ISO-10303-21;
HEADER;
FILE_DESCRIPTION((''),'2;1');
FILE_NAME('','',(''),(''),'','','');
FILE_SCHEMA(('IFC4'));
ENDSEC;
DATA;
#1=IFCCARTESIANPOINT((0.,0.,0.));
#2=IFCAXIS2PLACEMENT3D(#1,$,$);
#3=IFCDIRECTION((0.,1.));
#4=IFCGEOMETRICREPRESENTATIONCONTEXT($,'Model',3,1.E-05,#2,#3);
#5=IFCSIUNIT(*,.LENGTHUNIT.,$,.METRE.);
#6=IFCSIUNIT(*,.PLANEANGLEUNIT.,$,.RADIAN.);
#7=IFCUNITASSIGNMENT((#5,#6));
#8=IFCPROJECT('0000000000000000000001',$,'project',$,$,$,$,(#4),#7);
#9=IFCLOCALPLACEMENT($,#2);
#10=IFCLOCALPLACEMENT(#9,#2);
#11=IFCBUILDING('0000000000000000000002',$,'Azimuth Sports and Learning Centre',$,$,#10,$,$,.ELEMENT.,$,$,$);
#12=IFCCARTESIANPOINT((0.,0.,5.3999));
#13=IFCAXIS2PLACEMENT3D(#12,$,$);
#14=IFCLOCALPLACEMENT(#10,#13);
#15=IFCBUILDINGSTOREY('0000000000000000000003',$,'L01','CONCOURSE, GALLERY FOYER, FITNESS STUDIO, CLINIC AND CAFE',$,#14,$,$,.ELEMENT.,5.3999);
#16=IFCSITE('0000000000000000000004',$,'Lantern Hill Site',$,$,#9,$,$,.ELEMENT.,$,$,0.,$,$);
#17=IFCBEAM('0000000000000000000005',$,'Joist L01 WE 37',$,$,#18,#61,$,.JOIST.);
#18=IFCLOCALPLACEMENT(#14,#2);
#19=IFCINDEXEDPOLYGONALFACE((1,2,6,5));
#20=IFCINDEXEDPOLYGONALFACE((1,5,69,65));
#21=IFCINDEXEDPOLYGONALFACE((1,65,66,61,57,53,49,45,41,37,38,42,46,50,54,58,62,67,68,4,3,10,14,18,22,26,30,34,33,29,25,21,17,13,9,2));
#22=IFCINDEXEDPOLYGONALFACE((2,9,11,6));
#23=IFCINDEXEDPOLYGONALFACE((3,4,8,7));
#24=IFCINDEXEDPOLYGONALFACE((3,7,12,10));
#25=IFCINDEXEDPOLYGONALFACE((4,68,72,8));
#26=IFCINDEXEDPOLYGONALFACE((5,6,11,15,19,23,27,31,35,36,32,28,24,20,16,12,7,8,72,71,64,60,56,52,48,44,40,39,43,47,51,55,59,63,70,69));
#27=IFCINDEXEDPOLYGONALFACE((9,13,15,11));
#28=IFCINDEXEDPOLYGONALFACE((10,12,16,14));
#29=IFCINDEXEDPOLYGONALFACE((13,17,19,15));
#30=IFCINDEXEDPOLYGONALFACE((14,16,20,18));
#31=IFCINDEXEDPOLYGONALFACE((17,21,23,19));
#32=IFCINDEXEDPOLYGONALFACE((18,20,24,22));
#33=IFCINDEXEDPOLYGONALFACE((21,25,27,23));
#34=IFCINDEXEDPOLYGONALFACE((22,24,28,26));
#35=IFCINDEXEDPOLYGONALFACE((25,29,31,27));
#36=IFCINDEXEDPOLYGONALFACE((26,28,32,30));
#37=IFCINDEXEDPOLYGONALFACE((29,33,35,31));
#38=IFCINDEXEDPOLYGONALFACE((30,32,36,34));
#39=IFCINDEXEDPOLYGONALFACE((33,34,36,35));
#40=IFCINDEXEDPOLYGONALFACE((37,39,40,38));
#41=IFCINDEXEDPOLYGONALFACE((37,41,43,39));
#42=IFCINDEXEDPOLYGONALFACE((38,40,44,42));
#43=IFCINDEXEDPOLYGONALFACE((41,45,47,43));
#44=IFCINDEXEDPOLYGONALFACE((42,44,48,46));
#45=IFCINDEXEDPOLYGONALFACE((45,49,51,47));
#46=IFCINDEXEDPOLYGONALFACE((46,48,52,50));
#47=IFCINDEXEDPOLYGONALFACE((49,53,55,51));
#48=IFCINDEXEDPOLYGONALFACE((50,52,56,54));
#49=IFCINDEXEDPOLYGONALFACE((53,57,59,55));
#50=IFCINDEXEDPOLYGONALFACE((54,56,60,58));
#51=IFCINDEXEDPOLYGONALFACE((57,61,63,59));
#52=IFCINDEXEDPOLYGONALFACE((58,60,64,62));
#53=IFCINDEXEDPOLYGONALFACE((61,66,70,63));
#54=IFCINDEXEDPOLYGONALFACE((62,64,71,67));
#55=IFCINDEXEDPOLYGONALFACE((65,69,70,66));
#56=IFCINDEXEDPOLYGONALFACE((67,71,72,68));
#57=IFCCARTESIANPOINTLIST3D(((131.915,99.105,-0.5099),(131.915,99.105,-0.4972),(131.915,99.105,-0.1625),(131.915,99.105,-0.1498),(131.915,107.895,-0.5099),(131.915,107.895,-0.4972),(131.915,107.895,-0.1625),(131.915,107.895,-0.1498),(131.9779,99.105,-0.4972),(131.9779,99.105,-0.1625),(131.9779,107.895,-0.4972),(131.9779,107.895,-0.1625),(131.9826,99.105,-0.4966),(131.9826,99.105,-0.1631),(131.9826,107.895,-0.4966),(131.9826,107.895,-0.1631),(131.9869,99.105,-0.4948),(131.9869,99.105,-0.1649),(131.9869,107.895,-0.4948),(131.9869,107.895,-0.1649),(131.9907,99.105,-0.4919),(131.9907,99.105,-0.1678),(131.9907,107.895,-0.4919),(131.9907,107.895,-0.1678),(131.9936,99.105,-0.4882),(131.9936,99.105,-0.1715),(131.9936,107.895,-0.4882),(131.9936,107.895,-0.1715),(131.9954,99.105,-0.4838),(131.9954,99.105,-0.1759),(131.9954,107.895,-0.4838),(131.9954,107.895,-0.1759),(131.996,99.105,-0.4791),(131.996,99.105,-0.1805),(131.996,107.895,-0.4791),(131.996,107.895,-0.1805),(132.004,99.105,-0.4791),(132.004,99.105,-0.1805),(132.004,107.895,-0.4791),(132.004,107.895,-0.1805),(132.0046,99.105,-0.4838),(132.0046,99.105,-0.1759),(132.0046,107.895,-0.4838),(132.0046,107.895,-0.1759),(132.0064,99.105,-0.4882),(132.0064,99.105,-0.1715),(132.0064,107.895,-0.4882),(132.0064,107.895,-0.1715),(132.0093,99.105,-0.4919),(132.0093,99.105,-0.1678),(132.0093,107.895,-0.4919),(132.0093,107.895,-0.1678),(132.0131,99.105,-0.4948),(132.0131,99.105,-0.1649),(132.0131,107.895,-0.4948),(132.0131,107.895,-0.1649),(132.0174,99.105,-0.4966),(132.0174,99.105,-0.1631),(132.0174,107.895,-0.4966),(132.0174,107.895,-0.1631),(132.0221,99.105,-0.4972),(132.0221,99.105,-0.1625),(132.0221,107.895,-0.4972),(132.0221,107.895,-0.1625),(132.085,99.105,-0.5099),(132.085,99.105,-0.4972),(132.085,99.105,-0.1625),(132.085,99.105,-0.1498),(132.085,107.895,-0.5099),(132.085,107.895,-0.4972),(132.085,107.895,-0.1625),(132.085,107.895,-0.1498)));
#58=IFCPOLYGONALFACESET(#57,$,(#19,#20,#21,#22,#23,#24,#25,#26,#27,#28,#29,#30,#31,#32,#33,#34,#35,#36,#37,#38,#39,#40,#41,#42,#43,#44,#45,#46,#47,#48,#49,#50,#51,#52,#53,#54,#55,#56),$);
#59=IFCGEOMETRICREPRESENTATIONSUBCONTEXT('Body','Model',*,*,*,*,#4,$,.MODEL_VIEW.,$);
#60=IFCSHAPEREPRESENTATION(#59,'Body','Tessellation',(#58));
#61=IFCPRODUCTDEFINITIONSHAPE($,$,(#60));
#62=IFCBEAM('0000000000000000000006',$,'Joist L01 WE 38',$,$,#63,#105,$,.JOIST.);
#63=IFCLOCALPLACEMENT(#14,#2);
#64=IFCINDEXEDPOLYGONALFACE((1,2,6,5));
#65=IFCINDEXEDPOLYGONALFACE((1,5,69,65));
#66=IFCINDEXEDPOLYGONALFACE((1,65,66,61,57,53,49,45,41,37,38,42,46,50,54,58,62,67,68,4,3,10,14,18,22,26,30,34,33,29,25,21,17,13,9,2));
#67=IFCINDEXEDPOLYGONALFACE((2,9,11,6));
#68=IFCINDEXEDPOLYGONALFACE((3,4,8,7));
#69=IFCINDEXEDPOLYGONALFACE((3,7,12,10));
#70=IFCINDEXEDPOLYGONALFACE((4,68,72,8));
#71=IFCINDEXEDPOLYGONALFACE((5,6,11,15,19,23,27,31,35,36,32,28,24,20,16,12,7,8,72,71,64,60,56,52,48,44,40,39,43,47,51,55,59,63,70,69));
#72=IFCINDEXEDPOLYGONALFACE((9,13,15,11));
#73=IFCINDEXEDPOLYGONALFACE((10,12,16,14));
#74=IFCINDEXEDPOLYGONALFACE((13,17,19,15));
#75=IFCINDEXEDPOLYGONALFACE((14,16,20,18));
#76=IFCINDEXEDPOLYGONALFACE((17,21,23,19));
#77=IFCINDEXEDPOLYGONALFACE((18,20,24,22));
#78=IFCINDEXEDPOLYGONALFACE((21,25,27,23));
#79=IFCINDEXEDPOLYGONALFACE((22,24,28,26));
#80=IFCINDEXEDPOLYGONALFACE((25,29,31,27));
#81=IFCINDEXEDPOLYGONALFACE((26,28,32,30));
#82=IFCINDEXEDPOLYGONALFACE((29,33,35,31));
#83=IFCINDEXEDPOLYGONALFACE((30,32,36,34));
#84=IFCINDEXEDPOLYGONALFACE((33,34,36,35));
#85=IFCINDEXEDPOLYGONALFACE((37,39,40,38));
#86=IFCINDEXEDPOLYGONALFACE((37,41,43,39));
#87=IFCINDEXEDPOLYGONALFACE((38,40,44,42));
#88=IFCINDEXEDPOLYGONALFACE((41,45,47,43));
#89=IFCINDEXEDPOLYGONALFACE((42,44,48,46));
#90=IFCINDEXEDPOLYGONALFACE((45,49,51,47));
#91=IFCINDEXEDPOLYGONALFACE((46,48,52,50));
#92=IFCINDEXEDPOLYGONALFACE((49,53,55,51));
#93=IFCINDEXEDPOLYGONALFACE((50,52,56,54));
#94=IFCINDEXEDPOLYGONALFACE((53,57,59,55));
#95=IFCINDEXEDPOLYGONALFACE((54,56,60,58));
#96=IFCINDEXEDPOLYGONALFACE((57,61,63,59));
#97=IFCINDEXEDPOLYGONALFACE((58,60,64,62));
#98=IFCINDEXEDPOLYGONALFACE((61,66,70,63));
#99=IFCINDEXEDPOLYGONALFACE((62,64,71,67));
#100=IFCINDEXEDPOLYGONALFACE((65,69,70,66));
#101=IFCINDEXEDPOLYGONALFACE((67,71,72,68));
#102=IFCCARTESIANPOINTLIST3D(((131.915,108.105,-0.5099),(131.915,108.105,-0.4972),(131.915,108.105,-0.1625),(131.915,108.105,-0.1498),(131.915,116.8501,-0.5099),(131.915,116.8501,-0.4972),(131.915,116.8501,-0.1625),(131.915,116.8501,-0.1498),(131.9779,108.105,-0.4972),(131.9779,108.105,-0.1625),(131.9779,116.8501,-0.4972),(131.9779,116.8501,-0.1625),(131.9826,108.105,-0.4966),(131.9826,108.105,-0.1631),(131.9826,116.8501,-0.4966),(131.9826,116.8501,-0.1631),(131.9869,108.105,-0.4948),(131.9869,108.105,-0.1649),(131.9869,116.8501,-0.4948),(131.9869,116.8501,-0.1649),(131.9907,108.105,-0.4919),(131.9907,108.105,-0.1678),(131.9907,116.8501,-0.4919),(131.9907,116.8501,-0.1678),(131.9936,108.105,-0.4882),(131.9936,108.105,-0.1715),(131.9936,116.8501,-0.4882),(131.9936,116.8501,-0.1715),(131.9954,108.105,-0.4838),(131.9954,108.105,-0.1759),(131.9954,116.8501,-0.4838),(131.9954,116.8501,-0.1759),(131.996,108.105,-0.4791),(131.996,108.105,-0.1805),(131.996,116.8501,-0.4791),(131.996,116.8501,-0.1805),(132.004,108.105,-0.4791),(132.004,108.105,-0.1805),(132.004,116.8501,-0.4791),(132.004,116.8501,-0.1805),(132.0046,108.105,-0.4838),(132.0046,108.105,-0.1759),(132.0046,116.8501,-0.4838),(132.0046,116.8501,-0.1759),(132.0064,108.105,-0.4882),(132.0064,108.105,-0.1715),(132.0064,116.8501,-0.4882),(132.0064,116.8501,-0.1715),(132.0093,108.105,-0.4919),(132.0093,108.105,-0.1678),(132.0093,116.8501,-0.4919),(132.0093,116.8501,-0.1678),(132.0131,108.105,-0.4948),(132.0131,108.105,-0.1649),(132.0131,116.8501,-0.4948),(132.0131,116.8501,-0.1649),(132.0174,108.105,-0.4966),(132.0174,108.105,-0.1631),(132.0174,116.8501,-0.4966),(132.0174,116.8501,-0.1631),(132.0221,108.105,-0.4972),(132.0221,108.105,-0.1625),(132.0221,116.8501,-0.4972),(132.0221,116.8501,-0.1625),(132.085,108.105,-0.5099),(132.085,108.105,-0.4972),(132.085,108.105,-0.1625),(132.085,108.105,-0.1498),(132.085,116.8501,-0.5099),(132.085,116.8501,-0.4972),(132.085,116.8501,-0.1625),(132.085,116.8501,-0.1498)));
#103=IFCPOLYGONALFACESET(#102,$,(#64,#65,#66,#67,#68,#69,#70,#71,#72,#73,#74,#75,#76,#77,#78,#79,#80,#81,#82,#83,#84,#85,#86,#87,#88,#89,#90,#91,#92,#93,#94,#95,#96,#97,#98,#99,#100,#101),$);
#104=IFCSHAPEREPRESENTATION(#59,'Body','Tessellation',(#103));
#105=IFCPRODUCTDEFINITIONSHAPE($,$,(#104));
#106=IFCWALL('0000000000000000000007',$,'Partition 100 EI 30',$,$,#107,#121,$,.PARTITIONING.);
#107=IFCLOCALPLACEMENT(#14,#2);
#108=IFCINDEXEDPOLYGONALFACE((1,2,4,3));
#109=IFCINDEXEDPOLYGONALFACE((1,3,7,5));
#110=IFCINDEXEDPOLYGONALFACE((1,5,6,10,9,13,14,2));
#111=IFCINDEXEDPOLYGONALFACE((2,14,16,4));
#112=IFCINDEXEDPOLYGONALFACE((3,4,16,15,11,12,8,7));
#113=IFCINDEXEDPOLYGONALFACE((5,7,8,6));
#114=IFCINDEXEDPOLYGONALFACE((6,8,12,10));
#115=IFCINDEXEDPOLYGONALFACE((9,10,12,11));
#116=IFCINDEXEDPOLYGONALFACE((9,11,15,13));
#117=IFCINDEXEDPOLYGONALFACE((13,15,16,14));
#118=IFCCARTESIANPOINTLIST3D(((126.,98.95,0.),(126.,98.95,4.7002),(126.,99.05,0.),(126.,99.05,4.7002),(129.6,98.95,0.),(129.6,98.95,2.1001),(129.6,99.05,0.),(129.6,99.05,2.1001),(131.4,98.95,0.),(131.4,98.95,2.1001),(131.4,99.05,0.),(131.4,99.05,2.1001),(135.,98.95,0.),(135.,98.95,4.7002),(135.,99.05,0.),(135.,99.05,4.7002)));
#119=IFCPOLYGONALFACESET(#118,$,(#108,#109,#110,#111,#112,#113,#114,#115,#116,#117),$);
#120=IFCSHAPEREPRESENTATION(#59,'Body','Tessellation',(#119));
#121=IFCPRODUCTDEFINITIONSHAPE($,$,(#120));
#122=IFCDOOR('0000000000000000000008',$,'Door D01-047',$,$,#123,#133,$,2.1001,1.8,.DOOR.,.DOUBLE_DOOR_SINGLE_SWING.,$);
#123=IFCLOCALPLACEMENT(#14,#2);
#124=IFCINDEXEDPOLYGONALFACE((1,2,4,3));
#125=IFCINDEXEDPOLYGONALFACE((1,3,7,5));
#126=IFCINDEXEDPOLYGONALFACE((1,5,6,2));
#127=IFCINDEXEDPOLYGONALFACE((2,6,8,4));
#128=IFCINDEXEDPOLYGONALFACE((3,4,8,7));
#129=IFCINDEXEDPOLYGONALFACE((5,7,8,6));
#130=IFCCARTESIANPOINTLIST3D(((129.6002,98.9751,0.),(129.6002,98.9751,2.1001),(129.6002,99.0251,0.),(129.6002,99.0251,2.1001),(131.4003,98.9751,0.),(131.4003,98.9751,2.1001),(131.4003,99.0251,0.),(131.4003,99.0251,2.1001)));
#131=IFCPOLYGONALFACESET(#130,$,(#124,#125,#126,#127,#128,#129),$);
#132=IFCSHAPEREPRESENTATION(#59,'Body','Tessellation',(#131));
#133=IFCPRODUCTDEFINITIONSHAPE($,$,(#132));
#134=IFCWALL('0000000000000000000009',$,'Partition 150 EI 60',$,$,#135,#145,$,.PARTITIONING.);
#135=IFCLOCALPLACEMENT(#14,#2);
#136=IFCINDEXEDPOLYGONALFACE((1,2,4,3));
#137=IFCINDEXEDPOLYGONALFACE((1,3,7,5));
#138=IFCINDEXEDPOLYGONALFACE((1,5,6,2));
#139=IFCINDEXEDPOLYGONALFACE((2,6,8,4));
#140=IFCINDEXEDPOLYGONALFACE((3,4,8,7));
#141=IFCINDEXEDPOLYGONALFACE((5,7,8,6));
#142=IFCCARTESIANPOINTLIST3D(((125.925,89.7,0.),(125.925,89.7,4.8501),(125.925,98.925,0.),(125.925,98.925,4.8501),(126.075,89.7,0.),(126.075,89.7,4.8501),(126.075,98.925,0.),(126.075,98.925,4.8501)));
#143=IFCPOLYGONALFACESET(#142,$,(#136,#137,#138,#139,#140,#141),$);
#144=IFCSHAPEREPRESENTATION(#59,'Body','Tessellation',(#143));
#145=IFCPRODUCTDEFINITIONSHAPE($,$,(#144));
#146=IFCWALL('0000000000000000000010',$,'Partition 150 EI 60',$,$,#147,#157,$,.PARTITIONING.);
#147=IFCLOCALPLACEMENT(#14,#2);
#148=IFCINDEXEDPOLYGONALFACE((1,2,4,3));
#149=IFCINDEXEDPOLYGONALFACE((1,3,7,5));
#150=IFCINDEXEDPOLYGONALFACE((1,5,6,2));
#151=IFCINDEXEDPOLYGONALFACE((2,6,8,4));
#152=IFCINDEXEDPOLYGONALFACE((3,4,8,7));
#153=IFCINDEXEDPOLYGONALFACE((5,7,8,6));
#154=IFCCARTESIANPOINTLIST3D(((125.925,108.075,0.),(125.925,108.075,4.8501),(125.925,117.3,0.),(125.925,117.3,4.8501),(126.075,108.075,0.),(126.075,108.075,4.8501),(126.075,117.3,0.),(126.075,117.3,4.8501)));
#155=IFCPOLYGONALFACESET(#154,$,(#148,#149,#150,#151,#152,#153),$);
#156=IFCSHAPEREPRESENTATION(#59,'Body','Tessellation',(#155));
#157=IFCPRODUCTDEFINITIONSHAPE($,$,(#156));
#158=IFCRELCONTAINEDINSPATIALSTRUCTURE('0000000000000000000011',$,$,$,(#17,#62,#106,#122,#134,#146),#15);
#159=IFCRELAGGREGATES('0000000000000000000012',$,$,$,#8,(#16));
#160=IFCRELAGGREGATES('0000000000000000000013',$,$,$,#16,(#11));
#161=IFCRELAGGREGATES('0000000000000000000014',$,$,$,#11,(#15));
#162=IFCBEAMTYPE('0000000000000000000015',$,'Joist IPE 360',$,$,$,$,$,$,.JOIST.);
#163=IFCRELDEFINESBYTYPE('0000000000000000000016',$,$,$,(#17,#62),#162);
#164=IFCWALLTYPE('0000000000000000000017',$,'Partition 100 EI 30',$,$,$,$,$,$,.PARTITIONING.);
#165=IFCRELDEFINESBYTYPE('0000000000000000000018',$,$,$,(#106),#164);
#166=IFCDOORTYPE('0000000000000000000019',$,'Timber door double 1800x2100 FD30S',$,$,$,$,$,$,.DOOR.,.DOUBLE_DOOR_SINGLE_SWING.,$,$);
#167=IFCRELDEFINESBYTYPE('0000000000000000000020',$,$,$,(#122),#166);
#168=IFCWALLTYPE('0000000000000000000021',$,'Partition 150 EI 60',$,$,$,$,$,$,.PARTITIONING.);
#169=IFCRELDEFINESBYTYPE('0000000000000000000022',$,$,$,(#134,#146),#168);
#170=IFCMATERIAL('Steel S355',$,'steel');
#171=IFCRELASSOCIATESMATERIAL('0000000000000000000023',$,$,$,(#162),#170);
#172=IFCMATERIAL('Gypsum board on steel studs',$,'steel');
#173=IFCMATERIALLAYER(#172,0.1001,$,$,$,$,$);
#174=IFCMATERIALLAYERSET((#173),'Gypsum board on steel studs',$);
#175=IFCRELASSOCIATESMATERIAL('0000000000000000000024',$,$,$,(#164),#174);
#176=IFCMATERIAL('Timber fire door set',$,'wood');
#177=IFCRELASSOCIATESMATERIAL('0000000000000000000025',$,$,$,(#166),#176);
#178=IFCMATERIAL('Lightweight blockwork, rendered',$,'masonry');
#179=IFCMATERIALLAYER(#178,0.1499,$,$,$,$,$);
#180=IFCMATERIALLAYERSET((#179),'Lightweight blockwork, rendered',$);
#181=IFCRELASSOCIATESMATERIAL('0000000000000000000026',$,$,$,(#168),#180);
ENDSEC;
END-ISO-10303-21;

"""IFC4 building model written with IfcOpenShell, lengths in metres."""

from ifc_helpers import new_model, si_unit, direction, frame, frame_2d, origin, origin_2d, place, context, subcontext, project, spatial, rectangle, i_section, extrude, material, layer, layer_set, material_profile, profile_set, type_object, element, fill, save


model = new_model("IFC4")

# Units and contexts
model_context = context("Model", 3, precision=1e-05, world=origin(), true_north=direction((0.0, 1.0)))
body_context = subcontext(model_context, "Body", "Model", "MODEL_VIEW")
ifc_project = project(units=[si_unit("LENGTHUNIT", "METRE"), si_unit("PLANEANGLEUNIT", "RADIAN")], contexts=[model_context])

# Site, building, storey
site_placement = place(None, origin())
site = spatial("IfcSite", under=ifc_project, at=site_placement, Name="Lantern Hill Site", CompositionType="ELEMENT", RefElevation=0.0)
building_placement = place(site_placement, origin())
building = spatial("IfcBuilding", under=site, at=building_placement, Name="Azimuth Sports and Learning Centre", CompositionType="ELEMENT")
storey_placement = place(building_placement, frame((0.0, 0.0, 5.3999)))
storey = spatial("IfcBuildingStorey", under=building, at=storey_placement, Name="L01", Description="CONCOURSE, GALLERY FOYER, FITNESS STUDIO, CLINIC AND CAFE", CompositionType="ELEMENT", Elevation=5.3999)

# Beams
ifc_material_1 = material(Name="Steel S355", Category="steel")
ifc_material_profile_1 = material_profile(ifc_material_1, i_section(OverallWidth=0.1699, OverallDepth=0.3601, WebThickness=0.0081, FlangeThickness=0.0127, FilletRadius=0.0181, at=origin_2d()), Name="IPE 360")
ifc_profile_set_1 = profile_set([ifc_material_profile_1], Name="Steel S355")
beam_type_1 = type_object("IfcBeamType", Name="Joist IPE 360", PredefinedType="JOIST", material=ifc_profile_set_1)
beam_1_placement = place(storey_placement, frame((132.0, 99.105, -0.3298), z_axis=(0.0, 1.0, 0.0), x_axis=(-1.0, 0.0, 0.0)))
element("IfcBeam", 1, at=beam_1_placement, inside=storey, type_object=beam_type_1, Name="Joist L01 WE 37", PredefinedType="JOIST", context=body_context, shape_type="SweptSolid", body=[
    extrude(i_section(OverallWidth=0.1699, OverallDepth=0.3601, WebThickness=0.0081, FlangeThickness=0.0127, FilletRadius=0.0181, at=origin_2d()), origin(), (0.0, 0.0, 1.0), 8.79),
])
beam_2_placement = place(storey_placement, frame((132.0, 108.105, -0.3298), z_axis=(0.0, 1.0, 0.0), x_axis=(-1.0, 0.0, 0.0)))
element("IfcBeam", 2, at=beam_2_placement, inside=storey, type_object=beam_type_1, Name="Joist L01 WE 38", PredefinedType="JOIST", context=body_context, shape_type="SweptSolid", body=[
    extrude(i_section(OverallWidth=0.1699, OverallDepth=0.3601, WebThickness=0.0081, FlangeThickness=0.0127, FilletRadius=0.0181, at=origin_2d()), origin(), (0.0, 0.0, 1.0), 8.7451),
])

# Wall, opening, door
ifc_material_2 = material(Name="Gypsum board on steel studs", Category="steel")
ifc_layer_1 = layer(ifc_material_2, 0.1001)
ifc_layer_set_1 = layer_set([ifc_layer_1], Name="Gypsum board on steel studs")
wall_type_1 = type_object("IfcWallType", Name="Partition 100 EI 30", PredefinedType="PARTITIONING", material=ifc_layer_set_1)
wall_1_placement = place(storey_placement, frame((126.0, 99.0, 0.0), z_axis=(0.0, 0.0, 1.0), x_axis=(1.0, 0.0, 0.0)))
wall_1 = element("IfcWall", 3, at=wall_1_placement, inside=storey, type_object=wall_type_1, Name="Partition 100 EI 30", PredefinedType="PARTITIONING", context=body_context, shape_type="SweptSolid", body=[
    extrude(rectangle(XDim=9.0, YDim=0.1001, at=frame_2d((4.5, 0.0))), origin(), (0.0, 0.0, 1.0), 4.7002),
])
opening_1_placement = place(wall_1_placement, frame((3.6001, 0.0, 0.0)))
opening_1 = element("IfcOpeningElement", 4, at=opening_1_placement, cuts=wall_1, PredefinedType="OPENING", context=body_context, shape_type="SweptSolid", body=[
    extrude(rectangle(XDim=1.8, YDim=2.1001, at=frame_2d((0.8999, 1.05))), frame((0.0, 0.061, 0.0), z_axis=(0.0, -1.0, 0.0), x_axis=(1.0, 0.0, 0.0)), (0.0, 0.0, 1.0), 0.1221),
])
ifc_material_3 = material(Name="Timber fire door set", Category="wood")
door_type_1 = type_object("IfcDoorType", Name="Timber door double 1800x2100 FD30S", OperationType="DOUBLE_DOOR_SINGLE_SWING", PredefinedType="DOOR", material=ifc_material_3)
door_1_placement = place(opening_1_placement, frame((1.8, 0.0, 0.0), z_axis=(0.0, 0.0, 1.0), x_axis=(-1.0, 0.0, 0.0)))
door_1 = element("IfcDoor", 5, at=door_1_placement, inside=storey, type_object=door_type_1, Name="Door D01-047", OperationType="DOUBLE_DOOR_SINGLE_SWING", OverallHeight=2.1001, OverallWidth=1.8, PredefinedType="DOOR", context=body_context, shape_type="SweptSolid", body=[
    extrude(rectangle(XDim=1.8, YDim=2.1001, at=frame_2d((0.8999, 1.05))), frame((0.0, 0.0249, 0.0), z_axis=(0.0, -1.0, 0.0), x_axis=(1.0, 0.0, 0.0)), (0.0, 0.0, 1.0), 0.05),
])
fill(opening_1, door_1)

# Walls
ifc_material_4 = material(Name="Lightweight blockwork, rendered", Category="masonry")
ifc_layer_2 = layer(ifc_material_4, 0.1499)
ifc_layer_set_2 = layer_set([ifc_layer_2], Name="Lightweight blockwork, rendered")
wall_type_2 = type_object("IfcWallType", Name="Partition 150 EI 60", PredefinedType="PARTITIONING", material=ifc_layer_set_2)
for number, where, z_axis, x_axis, name in (
    (6, (126.0, 89.7, 0.0), (0.0, 0.0, 1.0), (0.0, 1.0, 0.0), "Partition 150 EI 60"),
    (7, (126.0, 108.075, 0.0), (0.0, 0.0, 1.0), (0.0, 1.0, 0.0), "Partition 150 EI 60"),
):
    element("IfcWall", number, at=place(storey_placement, frame(where, z_axis=z_axis, x_axis=x_axis)), inside=storey, type_object=wall_type_2, Name=name, PredefinedType="PARTITIONING", context=body_context, shape_type="SweptSolid", body=[
        extrude(rectangle(XDim=9.2251, YDim=0.1499, at=frame_2d((4.6125, 0.0))), origin(), (0.0, 0.0, 1.0), 4.8501),
    ])

save(model, "model.ifc")
